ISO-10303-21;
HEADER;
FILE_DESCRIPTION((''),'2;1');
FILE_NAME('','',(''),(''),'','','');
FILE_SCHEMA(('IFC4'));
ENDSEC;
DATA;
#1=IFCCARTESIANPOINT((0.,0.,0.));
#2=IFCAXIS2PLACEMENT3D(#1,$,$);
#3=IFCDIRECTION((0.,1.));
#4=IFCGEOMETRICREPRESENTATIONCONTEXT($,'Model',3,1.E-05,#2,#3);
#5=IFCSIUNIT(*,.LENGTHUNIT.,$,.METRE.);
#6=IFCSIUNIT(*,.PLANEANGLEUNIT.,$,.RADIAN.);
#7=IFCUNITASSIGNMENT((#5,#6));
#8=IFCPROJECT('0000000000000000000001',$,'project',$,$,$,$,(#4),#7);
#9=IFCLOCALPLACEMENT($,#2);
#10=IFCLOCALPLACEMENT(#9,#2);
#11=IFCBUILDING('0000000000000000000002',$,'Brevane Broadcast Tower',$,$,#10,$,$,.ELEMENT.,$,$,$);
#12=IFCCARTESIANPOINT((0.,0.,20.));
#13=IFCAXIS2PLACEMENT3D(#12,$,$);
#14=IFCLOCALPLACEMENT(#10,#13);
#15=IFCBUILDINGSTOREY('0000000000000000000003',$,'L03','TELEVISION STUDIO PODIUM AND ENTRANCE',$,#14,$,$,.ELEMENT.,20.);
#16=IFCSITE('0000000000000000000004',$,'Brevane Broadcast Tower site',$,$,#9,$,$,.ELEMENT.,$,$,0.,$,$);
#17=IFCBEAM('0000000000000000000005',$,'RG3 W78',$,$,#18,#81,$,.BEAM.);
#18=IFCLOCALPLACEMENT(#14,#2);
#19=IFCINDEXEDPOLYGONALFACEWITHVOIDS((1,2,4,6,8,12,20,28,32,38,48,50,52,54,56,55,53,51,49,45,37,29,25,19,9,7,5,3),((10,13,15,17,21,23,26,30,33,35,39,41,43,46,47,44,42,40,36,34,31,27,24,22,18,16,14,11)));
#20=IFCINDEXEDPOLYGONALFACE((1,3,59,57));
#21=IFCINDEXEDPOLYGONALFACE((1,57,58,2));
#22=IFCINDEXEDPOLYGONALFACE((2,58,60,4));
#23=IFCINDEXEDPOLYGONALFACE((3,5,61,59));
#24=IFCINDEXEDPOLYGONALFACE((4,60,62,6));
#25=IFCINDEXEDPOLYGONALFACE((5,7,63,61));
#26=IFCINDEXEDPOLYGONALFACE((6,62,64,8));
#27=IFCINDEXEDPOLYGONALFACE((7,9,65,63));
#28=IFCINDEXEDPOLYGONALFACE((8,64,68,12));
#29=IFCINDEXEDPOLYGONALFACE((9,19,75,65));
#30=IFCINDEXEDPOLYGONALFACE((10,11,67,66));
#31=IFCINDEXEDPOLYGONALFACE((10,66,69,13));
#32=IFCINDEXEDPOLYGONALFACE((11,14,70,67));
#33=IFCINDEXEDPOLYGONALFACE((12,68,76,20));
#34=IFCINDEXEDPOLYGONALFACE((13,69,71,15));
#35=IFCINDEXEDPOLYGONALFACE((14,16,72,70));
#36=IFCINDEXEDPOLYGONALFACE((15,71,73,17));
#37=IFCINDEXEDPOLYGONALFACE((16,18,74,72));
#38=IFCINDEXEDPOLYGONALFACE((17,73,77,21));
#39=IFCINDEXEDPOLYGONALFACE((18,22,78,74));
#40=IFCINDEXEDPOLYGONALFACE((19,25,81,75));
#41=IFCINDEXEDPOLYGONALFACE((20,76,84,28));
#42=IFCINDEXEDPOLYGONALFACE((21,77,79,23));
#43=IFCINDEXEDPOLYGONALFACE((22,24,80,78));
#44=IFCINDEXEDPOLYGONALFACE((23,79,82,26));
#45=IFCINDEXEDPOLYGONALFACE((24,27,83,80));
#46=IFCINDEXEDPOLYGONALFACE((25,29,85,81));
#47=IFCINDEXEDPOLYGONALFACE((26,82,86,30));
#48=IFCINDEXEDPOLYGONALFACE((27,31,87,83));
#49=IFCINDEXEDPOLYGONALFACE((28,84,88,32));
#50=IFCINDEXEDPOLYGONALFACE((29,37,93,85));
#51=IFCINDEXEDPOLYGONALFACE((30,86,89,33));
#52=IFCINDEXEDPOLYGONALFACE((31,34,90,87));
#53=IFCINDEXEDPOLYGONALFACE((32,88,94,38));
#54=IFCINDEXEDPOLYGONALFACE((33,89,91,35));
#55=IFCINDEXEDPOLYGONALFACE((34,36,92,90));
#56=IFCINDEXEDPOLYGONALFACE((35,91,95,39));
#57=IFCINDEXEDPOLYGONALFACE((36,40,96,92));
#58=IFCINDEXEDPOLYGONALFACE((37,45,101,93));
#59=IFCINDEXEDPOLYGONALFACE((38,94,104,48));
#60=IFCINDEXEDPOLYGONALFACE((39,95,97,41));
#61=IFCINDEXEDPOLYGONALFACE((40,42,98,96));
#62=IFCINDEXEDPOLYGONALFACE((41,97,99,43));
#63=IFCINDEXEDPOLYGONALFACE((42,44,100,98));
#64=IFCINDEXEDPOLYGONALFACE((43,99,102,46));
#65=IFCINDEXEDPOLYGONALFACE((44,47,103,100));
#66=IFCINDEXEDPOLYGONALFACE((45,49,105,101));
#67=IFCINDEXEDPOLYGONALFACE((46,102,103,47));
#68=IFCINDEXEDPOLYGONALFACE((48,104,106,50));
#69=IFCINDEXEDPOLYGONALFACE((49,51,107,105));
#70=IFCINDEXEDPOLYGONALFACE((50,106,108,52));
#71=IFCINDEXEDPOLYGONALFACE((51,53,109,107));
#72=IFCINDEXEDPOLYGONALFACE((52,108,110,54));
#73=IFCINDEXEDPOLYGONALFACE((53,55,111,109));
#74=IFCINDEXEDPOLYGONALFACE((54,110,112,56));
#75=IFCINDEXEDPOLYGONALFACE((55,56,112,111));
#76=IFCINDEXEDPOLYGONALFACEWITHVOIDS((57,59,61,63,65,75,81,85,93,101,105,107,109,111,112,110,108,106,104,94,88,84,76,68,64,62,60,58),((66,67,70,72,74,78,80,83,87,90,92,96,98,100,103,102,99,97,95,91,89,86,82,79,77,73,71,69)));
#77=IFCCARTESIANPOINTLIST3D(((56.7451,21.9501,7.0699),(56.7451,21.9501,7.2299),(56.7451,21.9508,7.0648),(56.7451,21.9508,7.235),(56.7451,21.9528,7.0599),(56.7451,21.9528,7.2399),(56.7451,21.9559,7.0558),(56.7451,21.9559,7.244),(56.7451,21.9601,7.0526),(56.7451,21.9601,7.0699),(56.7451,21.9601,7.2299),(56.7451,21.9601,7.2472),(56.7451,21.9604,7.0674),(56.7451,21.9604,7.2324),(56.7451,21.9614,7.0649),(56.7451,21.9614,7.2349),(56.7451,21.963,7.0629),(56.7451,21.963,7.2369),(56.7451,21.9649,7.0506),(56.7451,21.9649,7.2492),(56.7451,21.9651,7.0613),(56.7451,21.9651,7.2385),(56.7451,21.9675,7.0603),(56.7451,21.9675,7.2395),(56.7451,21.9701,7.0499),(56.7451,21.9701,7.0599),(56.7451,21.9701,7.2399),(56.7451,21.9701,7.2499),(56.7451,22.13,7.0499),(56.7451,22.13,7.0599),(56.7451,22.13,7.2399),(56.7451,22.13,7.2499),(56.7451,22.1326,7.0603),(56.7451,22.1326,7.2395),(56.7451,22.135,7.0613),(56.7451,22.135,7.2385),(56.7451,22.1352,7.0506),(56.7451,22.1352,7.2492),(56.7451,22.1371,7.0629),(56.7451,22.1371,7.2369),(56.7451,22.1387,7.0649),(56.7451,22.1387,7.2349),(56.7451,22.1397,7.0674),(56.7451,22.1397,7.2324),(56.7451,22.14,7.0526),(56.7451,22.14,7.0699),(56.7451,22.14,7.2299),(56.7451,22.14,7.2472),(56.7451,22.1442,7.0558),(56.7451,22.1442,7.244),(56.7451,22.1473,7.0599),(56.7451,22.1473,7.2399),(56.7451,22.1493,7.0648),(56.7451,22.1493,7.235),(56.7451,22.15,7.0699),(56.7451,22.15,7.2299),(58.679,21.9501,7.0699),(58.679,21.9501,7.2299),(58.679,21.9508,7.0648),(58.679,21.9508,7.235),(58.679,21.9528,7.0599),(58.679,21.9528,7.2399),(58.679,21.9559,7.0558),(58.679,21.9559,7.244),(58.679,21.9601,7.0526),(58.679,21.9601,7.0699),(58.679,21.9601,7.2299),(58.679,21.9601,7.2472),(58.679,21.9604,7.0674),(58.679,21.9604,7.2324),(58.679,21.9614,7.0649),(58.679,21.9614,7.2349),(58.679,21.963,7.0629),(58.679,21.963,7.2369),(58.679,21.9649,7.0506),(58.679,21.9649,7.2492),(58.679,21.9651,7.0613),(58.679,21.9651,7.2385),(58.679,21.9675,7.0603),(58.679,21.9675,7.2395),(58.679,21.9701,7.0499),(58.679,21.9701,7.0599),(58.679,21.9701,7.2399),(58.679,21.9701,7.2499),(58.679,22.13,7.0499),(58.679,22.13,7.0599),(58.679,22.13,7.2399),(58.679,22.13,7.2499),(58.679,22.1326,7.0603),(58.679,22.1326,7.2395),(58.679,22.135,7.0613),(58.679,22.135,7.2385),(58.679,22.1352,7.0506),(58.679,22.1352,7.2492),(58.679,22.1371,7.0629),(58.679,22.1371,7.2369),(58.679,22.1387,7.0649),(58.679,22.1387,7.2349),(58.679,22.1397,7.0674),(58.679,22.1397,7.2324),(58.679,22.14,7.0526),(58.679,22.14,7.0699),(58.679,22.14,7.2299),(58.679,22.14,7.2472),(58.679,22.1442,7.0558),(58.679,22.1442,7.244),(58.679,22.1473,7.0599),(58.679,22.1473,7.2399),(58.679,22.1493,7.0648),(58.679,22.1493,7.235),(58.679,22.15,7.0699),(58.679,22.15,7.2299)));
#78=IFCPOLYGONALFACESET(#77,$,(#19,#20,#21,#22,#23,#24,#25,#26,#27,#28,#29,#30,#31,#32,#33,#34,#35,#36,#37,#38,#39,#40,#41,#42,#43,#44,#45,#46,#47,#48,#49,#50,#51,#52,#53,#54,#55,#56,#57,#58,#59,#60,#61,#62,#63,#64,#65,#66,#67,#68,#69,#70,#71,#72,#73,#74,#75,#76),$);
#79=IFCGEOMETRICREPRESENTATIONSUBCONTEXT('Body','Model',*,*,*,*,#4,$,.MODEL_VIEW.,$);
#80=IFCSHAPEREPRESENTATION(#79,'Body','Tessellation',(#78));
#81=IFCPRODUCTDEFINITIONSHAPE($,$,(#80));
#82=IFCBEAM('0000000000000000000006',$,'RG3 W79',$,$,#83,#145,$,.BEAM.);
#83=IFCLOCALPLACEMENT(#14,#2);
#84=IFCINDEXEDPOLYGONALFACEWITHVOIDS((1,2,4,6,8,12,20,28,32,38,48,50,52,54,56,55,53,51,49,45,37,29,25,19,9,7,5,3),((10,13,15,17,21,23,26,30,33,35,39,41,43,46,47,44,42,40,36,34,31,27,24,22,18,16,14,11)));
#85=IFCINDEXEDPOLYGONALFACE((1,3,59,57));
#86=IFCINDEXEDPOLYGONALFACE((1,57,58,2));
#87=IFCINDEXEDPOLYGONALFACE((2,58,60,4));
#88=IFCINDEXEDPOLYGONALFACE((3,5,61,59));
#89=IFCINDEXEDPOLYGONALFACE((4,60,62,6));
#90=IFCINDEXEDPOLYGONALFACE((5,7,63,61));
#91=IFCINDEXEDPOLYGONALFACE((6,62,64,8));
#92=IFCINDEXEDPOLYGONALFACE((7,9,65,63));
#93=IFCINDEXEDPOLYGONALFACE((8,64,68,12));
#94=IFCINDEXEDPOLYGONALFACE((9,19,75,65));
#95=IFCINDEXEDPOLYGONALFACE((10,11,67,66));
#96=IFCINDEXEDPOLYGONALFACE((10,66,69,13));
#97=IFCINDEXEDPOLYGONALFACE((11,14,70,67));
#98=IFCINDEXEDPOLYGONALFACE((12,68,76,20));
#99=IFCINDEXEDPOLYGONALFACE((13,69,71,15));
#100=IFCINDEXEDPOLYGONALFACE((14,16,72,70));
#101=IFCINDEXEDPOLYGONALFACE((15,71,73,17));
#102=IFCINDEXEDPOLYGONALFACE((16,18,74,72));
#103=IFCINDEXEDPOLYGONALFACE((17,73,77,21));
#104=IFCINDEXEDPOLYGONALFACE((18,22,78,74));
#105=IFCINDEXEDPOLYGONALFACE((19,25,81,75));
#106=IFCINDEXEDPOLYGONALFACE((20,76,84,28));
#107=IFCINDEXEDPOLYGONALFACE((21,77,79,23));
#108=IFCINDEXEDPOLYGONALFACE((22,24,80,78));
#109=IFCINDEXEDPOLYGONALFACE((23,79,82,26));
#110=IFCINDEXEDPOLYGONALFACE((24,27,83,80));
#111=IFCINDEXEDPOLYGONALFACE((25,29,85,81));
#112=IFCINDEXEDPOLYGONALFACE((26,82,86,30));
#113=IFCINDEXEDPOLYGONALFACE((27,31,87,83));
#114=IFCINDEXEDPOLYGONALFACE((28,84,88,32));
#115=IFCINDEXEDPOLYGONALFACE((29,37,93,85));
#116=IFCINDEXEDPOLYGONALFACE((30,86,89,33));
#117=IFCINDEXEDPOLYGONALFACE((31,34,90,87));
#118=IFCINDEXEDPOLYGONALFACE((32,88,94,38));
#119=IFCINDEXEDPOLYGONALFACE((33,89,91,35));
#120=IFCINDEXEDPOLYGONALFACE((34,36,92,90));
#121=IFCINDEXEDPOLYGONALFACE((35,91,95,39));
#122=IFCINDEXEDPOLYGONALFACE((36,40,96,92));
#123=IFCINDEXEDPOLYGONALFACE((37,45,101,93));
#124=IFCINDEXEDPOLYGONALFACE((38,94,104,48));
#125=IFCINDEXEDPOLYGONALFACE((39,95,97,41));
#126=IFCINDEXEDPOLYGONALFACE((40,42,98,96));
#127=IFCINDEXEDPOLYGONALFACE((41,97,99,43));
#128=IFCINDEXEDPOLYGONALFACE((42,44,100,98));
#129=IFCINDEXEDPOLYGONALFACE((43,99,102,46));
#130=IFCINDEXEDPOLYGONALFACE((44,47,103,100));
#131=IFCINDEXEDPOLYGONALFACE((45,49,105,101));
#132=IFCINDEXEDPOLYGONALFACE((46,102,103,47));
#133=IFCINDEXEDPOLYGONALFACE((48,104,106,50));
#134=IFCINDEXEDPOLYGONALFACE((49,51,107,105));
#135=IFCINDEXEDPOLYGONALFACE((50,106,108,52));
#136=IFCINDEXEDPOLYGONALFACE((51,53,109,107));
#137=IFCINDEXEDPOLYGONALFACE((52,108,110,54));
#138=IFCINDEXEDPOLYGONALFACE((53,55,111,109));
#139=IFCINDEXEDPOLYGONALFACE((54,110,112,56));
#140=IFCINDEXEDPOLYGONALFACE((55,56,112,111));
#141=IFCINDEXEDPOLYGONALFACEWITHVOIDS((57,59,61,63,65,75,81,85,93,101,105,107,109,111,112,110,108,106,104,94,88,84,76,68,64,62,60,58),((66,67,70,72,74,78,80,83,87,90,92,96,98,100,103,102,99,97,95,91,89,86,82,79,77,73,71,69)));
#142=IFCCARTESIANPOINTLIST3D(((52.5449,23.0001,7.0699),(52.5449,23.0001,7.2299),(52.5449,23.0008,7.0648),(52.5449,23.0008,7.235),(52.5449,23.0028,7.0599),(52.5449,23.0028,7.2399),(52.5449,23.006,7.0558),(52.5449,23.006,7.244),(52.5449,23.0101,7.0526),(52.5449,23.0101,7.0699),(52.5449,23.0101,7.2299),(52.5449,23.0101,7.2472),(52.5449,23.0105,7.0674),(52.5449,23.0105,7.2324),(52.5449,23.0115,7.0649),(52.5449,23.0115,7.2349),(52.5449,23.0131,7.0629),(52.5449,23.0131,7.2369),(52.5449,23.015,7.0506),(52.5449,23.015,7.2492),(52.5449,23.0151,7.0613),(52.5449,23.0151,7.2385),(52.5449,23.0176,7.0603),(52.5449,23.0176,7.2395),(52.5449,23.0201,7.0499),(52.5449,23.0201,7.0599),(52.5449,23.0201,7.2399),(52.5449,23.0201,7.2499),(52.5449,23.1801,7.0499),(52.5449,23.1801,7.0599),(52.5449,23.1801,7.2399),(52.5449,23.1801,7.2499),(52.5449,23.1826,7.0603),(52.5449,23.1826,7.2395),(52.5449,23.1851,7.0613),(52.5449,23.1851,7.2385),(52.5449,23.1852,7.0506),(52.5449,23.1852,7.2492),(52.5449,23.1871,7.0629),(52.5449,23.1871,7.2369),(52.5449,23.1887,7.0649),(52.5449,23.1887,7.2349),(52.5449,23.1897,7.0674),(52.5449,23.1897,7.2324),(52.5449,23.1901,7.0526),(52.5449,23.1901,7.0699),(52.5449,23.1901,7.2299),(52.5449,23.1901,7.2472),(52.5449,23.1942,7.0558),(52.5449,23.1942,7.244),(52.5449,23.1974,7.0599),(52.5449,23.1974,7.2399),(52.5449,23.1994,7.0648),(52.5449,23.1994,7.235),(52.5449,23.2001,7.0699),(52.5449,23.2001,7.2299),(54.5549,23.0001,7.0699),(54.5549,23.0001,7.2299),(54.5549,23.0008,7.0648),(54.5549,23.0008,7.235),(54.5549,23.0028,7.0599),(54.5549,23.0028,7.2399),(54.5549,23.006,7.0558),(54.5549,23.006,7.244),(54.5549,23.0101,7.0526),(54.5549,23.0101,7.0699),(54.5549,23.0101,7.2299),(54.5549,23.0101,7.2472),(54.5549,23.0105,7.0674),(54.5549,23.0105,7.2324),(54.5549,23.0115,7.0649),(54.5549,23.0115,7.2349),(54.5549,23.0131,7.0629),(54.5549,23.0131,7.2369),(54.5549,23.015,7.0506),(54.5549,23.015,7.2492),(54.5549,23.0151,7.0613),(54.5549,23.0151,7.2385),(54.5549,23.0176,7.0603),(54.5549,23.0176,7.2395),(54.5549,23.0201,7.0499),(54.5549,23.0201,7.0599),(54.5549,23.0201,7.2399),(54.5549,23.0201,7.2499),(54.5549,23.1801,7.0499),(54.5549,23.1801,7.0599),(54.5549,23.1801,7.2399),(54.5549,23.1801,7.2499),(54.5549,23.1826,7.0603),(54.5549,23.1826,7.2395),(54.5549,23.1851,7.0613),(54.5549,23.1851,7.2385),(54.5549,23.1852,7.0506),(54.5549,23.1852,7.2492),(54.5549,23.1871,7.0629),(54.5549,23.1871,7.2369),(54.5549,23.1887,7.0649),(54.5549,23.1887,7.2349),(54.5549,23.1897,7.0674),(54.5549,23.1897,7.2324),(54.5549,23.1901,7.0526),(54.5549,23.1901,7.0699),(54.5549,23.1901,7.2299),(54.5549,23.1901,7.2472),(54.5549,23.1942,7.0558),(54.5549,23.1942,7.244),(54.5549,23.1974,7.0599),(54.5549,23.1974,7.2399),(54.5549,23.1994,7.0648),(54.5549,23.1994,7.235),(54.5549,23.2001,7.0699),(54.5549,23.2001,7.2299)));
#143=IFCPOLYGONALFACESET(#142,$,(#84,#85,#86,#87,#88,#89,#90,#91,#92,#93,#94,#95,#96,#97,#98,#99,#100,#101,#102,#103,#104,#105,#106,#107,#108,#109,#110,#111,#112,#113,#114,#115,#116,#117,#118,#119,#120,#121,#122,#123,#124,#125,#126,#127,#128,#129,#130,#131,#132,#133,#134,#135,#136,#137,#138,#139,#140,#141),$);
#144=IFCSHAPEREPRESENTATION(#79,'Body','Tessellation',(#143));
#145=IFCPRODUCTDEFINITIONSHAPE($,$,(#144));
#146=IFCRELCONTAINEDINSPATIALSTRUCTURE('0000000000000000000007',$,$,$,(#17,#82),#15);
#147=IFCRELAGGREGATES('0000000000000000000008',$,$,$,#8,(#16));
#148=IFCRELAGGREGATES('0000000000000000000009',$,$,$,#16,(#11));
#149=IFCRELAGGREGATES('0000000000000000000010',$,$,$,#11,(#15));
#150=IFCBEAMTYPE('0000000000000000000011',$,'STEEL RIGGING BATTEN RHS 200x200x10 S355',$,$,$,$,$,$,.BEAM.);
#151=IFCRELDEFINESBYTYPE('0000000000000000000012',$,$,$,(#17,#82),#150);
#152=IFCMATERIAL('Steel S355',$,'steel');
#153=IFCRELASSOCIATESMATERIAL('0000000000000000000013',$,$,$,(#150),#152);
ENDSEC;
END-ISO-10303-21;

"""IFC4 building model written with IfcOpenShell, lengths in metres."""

from ifc_helpers import new_model, si_unit, direction, frame, origin, origin_2d, place, context, subcontext, project, spatial, hollow_rectangle, extrude, material, material_profile, profile_set, type_object, element, save


model = new_model("IFC4")

# Units and contexts
model_context = context("Model", 3, precision=1e-05, world=origin(), true_north=direction((0.0, 1.0)))
body_context = subcontext(model_context, "Body", "Model", "MODEL_VIEW")
ifc_project = project(units=[si_unit("LENGTHUNIT", "METRE"), si_unit("PLANEANGLEUNIT", "RADIAN")], contexts=[model_context])

# Site, building, storey
site_placement = place(None, origin())
site = spatial("IfcSite", under=ifc_project, at=site_placement, Name="Brevane Broadcast Tower site", CompositionType="ELEMENT", RefElevation=0.0)
building_placement = place(site_placement, origin())
building = spatial("IfcBuilding", under=site, at=building_placement, Name="Brevane Broadcast Tower", CompositionType="ELEMENT")
storey_placement = place(building_placement, frame((0.0, 0.0, 20.0)))
storey = spatial("IfcBuildingStorey", under=building, at=storey_placement, Name="L03", Description="TELEVISION STUDIO PODIUM AND ENTRANCE", CompositionType="ELEMENT", Elevation=20.0)

# Beams
ifc_material_1 = material(Name="Steel S355", Category="steel")
ifc_material_profile_1 = material_profile(ifc_material_1, hollow_rectangle(XDim=0.2, YDim=0.2, WallThickness=0.01, InnerFilletRadius=0.01, OuterFilletRadius=0.02, at=origin_2d()), Name="RHS 200x200x10")
ifc_profile_set_1 = profile_set([ifc_material_profile_1], Name="Steel S355")
beam_type_1 = type_object("IfcBeamType", Name="STEEL RIGGING BATTEN RHS 200x200x10 S355", PredefinedType="BEAM", material=ifc_profile_set_1)
beam_1_placement = place(storey_placement, frame((56.7451, 22.05, 7.1499), z_axis=(1.0, 0.0, 0.0), x_axis=(0.0, 1.0, 0.0)))
element("IfcBeam", 1, at=beam_1_placement, inside=storey, type_object=beam_type_1, Name="RG3 W78", PredefinedType="BEAM", context=body_context, shape_type="SweptSolid", body=[
    extrude(hollow_rectangle(XDim=0.2, YDim=0.2, WallThickness=0.01, InnerFilletRadius=0.01, OuterFilletRadius=0.02, at=origin_2d()), origin(), (0.0, 0.0, 1.0), 1.9338),
])
for number, where, z_axis, x_axis, name in (
    (2, (52.5449, 23.1001, 7.1499), (1.0, 0.0, 0.0), (0.0, 1.0, 0.0), "RG3 W79"),
):
    element("IfcBeam", number, at=place(storey_placement, frame(where, z_axis=z_axis, x_axis=x_axis)), inside=storey, type_object=beam_type_1, Name=name, PredefinedType="BEAM", context=body_context, shape_type="SweptSolid", body=[
        extrude(hollow_rectangle(XDim=0.2, YDim=0.2, WallThickness=0.01, InnerFilletRadius=0.01, OuterFilletRadius=0.02, at=origin_2d()), origin(), (0.0, 0.0, 1.0), 2.01),
    ])

save(model, "model.ifc")
